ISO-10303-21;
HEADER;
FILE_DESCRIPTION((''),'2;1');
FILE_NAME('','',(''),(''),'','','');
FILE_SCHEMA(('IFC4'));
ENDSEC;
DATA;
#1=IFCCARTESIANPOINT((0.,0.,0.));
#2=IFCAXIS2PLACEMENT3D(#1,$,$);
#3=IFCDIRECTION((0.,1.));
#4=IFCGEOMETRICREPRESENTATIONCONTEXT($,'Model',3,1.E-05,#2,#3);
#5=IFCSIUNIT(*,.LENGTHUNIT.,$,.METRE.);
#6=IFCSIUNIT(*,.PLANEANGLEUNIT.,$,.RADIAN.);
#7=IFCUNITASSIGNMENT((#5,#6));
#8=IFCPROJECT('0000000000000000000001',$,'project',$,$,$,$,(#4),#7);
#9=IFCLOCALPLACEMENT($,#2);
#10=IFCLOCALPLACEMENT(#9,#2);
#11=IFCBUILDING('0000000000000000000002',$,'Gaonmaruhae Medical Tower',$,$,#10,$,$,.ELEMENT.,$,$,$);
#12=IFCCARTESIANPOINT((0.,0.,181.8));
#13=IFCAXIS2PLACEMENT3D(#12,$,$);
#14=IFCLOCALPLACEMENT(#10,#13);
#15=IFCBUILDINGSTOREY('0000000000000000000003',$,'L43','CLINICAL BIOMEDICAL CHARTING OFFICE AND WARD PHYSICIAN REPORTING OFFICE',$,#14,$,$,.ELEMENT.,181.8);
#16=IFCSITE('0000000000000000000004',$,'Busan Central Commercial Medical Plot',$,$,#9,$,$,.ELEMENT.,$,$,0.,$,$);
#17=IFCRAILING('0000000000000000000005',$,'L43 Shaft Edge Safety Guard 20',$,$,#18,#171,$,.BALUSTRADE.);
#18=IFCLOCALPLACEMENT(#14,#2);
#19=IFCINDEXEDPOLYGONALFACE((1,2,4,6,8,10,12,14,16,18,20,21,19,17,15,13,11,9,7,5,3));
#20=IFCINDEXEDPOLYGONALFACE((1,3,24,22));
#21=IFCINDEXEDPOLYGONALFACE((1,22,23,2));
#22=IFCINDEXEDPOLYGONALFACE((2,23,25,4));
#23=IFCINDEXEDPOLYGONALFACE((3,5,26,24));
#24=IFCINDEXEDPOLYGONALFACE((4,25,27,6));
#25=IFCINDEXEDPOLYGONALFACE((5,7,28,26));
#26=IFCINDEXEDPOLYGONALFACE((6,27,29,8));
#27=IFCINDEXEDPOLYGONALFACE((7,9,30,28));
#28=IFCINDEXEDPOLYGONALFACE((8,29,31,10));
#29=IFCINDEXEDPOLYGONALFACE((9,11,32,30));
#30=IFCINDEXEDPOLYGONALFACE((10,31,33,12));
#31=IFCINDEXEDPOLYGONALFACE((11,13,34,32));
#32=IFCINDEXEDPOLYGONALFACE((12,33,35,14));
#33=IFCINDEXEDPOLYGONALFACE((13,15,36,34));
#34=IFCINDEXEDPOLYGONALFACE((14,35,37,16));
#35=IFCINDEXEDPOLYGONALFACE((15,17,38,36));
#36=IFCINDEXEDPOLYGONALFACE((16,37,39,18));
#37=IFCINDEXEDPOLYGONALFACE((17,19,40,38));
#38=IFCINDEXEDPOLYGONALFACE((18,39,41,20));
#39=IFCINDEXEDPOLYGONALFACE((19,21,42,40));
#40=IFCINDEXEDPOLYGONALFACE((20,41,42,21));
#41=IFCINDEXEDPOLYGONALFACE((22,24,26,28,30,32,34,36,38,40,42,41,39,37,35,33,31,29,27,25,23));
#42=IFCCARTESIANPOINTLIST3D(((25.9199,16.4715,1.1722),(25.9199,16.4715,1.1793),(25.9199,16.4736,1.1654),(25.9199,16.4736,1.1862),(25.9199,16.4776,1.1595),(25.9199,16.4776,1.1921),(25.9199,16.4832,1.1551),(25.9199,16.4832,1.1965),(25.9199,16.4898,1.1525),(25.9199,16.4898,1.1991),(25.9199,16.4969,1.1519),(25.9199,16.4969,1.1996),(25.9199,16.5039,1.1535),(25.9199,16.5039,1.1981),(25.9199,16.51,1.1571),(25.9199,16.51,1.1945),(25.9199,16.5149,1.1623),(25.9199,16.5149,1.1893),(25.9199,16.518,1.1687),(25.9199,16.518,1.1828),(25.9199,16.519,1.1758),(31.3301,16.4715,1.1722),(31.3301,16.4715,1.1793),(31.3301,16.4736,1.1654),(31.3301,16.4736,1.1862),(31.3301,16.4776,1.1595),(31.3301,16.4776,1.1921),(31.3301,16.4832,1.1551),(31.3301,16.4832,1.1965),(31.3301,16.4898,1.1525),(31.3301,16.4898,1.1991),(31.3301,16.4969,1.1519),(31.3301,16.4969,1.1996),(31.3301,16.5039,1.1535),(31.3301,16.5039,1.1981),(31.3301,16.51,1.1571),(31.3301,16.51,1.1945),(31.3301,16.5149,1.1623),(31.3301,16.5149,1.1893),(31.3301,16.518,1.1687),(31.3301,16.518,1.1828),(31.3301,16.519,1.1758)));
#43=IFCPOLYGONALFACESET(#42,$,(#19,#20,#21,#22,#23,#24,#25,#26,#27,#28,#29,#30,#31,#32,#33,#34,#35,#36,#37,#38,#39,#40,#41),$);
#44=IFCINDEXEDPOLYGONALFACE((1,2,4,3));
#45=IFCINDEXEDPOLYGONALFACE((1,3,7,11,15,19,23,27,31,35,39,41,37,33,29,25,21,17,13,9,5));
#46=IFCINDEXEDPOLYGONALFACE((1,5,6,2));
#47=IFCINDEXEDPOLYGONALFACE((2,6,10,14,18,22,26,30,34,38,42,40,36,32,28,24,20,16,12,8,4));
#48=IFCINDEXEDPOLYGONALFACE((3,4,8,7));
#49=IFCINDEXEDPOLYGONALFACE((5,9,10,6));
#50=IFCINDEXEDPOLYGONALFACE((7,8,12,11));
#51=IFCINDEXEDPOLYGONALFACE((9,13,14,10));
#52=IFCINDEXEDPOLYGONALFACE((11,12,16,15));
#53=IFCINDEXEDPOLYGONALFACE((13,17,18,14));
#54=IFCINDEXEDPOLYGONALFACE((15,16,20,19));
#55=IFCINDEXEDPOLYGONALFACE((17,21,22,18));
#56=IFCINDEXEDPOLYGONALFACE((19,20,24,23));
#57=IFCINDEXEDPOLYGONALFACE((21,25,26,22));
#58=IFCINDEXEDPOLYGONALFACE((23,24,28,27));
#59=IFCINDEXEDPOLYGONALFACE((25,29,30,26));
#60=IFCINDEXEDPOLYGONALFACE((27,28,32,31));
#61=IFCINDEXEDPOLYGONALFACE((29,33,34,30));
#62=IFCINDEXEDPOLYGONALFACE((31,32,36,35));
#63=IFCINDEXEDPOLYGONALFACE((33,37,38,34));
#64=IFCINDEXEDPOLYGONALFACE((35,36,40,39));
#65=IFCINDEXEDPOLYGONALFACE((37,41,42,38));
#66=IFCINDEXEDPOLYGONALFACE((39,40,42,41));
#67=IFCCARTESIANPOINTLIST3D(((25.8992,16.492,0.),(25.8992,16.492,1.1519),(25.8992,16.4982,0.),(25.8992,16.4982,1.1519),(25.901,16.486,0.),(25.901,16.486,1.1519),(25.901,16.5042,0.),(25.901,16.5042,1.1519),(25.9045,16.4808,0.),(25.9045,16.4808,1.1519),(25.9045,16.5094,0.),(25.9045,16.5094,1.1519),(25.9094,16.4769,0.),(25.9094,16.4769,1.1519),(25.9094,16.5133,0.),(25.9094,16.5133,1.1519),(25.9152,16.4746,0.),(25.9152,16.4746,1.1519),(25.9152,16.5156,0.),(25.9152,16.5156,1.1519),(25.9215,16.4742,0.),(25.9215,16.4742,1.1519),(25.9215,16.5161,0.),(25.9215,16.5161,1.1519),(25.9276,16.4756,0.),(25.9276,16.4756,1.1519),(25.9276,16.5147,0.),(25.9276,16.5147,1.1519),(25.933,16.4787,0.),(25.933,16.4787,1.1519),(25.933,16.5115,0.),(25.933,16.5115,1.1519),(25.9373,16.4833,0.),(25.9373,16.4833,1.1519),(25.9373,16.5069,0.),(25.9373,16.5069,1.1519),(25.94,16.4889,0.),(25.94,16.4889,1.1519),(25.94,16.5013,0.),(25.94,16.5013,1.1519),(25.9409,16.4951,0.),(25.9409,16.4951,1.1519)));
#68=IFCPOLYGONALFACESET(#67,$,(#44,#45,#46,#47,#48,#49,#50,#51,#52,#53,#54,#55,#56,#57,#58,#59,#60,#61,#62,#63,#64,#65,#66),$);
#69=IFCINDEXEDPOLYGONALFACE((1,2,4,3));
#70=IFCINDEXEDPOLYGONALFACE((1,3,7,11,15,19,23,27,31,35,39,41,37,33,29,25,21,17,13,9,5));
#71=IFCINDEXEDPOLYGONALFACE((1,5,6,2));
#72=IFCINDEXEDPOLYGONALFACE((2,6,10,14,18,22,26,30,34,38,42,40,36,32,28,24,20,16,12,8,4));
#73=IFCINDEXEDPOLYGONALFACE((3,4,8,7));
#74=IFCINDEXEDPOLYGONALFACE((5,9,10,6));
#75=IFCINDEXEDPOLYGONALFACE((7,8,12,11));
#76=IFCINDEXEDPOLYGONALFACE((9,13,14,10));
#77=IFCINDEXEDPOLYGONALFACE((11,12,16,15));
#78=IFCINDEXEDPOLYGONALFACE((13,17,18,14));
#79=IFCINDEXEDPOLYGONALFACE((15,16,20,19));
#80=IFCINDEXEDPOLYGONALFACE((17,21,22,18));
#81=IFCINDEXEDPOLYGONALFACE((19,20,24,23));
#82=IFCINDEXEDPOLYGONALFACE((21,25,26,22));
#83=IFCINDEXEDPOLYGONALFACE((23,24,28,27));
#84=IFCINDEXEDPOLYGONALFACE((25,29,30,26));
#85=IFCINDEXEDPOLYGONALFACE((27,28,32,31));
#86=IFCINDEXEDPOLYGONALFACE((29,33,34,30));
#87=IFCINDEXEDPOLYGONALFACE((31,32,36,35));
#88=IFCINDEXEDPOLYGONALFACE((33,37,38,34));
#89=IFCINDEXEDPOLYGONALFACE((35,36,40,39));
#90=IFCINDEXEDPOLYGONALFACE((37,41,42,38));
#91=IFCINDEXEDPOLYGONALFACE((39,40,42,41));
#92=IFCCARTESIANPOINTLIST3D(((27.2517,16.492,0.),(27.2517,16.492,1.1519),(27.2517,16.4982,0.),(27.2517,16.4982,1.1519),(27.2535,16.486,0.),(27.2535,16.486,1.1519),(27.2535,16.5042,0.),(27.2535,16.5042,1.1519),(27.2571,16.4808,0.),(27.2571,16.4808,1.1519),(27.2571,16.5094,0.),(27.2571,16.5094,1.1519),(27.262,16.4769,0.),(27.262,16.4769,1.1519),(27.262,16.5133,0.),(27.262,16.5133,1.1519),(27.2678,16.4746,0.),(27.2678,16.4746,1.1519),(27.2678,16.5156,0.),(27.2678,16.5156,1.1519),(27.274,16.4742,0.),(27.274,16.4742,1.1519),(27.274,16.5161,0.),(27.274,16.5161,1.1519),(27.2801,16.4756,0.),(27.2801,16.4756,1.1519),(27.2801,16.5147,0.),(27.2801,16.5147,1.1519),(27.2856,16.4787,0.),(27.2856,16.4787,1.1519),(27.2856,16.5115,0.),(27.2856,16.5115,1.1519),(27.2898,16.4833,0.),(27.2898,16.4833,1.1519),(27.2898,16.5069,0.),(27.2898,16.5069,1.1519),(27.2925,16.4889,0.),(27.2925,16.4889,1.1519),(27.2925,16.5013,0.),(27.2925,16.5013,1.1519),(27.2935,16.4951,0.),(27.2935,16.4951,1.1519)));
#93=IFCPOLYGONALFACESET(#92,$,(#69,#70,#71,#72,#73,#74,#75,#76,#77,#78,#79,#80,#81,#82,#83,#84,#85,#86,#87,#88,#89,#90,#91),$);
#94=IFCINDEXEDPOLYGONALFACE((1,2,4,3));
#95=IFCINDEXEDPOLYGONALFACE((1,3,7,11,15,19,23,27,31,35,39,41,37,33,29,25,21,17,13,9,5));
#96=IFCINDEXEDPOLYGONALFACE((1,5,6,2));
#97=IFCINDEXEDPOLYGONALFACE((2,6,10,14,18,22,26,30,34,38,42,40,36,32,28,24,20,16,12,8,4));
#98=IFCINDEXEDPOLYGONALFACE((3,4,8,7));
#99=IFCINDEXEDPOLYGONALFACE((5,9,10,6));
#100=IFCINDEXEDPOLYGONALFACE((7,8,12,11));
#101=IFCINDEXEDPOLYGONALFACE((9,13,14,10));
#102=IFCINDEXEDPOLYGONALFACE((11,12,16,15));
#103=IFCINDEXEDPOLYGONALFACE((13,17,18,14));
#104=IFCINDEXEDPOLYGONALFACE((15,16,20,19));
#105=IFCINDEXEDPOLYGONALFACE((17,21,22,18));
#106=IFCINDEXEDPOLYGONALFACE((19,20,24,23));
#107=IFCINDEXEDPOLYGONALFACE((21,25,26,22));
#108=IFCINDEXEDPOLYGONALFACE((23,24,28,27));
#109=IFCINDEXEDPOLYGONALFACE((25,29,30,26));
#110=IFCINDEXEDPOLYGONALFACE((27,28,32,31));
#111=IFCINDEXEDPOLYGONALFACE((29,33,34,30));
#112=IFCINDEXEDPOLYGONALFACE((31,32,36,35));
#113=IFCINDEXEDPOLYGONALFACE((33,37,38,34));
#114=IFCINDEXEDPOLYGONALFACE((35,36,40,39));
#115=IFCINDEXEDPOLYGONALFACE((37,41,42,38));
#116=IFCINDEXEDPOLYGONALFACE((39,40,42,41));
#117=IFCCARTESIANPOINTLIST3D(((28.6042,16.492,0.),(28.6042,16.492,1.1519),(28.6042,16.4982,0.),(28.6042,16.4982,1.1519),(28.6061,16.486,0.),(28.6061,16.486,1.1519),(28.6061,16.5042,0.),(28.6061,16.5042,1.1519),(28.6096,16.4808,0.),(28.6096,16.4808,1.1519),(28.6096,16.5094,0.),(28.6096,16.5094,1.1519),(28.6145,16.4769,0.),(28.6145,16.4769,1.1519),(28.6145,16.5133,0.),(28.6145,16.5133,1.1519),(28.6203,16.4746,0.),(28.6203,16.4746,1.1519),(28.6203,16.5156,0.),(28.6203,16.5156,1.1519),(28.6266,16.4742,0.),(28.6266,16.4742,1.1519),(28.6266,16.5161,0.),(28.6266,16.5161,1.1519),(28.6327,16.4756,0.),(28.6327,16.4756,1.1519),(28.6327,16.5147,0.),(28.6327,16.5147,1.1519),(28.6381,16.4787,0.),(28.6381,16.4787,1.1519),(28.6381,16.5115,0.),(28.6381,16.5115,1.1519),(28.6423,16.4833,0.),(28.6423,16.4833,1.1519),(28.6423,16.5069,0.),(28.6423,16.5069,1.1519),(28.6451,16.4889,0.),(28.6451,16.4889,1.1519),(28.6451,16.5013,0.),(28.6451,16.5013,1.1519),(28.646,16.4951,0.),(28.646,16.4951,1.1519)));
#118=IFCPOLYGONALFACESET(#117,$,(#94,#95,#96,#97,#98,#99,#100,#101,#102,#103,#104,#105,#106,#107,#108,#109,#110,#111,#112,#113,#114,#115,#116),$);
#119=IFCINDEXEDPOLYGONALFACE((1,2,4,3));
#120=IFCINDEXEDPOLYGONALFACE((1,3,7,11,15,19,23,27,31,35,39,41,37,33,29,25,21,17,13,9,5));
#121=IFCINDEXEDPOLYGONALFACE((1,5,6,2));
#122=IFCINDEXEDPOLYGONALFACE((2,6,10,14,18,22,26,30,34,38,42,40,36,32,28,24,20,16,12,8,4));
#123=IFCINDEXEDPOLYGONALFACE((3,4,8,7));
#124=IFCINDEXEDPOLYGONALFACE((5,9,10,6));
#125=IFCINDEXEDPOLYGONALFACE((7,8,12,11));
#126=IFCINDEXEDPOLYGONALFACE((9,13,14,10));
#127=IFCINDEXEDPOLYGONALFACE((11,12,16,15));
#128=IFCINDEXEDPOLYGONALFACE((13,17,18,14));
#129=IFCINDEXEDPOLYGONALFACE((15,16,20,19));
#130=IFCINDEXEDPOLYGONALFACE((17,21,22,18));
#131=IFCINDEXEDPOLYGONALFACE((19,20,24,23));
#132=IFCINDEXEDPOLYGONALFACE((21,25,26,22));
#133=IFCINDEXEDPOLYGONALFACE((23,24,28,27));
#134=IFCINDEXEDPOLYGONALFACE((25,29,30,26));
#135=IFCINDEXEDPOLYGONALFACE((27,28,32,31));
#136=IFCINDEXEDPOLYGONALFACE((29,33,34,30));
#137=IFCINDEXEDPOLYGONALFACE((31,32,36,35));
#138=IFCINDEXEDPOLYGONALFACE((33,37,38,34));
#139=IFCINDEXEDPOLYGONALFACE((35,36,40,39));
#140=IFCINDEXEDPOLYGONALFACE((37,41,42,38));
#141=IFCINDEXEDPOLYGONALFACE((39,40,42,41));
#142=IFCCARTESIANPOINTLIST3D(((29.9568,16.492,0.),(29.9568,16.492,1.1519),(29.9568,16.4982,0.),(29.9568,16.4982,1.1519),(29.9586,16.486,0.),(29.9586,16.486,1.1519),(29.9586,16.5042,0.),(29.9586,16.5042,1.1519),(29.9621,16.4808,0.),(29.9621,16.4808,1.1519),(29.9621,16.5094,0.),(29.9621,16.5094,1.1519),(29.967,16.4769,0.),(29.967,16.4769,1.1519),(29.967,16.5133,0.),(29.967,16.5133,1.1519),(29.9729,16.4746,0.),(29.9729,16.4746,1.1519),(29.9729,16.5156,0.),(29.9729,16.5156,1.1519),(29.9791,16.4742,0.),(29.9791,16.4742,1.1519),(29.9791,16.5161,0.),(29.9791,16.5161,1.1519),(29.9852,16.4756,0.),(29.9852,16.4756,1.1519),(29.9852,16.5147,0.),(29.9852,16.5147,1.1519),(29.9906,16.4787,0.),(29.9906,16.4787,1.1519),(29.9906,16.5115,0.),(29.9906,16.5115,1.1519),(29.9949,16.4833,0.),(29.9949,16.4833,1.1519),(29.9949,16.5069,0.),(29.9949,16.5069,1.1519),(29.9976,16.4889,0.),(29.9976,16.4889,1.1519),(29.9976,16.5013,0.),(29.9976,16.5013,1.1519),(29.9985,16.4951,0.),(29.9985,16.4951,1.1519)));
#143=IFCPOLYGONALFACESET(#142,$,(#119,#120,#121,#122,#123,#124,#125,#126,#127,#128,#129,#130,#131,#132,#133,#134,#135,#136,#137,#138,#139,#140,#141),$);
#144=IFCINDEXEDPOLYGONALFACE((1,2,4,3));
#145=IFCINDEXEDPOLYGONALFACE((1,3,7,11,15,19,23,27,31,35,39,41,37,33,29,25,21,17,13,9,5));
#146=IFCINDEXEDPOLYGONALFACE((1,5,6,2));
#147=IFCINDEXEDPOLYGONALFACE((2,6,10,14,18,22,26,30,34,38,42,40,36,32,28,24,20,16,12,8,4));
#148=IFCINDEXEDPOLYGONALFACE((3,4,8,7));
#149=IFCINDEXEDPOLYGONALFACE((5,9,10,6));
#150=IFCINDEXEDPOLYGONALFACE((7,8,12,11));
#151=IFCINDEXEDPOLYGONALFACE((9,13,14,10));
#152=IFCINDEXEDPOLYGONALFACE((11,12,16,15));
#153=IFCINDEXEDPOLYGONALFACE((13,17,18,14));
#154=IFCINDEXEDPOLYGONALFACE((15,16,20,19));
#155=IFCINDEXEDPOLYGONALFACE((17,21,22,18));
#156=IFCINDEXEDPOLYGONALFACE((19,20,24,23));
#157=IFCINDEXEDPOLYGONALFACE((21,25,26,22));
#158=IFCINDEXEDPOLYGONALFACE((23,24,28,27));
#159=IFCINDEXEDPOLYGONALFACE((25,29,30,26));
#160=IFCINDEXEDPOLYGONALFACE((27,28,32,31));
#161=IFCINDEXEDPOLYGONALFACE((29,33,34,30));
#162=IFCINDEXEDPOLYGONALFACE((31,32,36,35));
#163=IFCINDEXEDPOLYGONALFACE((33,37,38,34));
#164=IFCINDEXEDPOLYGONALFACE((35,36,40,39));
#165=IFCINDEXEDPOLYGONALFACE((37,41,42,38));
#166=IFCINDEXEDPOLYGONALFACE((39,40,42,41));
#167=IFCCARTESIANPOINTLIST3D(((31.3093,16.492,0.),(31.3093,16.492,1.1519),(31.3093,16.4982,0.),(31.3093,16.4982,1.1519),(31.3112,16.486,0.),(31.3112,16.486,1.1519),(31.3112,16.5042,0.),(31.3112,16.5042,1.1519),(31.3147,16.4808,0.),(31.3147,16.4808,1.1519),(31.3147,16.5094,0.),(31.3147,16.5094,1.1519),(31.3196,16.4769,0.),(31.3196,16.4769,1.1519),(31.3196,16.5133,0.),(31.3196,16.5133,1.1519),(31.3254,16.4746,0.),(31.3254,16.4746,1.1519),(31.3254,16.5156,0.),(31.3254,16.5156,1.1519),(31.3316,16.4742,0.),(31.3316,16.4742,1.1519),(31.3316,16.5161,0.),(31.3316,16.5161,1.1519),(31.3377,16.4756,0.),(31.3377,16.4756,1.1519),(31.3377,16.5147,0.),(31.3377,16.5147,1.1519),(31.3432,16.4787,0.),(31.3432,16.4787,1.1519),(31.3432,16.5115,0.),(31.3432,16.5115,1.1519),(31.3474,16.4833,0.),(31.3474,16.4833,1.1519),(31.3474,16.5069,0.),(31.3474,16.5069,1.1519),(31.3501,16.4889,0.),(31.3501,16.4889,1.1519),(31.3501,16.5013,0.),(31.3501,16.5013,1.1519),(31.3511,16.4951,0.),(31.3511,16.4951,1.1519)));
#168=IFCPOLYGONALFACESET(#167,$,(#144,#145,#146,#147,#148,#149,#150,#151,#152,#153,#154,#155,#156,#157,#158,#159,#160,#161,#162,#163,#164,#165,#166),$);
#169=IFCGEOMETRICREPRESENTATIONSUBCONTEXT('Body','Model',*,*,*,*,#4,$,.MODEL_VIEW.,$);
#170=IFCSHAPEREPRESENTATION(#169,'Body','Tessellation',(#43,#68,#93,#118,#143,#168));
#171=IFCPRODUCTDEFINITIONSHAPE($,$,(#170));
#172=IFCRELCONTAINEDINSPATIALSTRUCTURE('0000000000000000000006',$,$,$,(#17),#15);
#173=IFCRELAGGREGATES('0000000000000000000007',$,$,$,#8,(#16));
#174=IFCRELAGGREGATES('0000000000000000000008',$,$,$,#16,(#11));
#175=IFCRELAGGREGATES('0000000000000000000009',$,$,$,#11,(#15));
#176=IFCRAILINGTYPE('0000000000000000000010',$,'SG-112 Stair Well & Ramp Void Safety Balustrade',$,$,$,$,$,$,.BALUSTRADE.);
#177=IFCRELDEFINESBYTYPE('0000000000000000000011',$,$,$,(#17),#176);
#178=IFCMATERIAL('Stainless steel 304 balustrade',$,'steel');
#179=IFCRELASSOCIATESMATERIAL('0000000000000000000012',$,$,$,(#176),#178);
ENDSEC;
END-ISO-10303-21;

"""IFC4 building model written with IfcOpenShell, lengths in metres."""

from ifc_helpers import new_model, si_unit, direction, frame, origin, origin_2d, place, context, subcontext, project, spatial, circle, extrude, material, type_object, element, save


model = new_model("IFC4")

# Units and contexts
model_context = context("Model", 3, precision=1e-05, world=origin(), true_north=direction((0.0, 1.0)))
body_context = subcontext(model_context, "Body", "Model", "MODEL_VIEW")
ifc_project = project(units=[si_unit("LENGTHUNIT", "METRE"), si_unit("PLANEANGLEUNIT", "RADIAN")], contexts=[model_context])

# Site, building, storey
site_placement = place(None, origin())
site = spatial("IfcSite", under=ifc_project, at=site_placement, Name="Busan Central Commercial Medical Plot", CompositionType="ELEMENT", RefElevation=0.0)
building_placement = place(site_placement, origin())
building = spatial("IfcBuilding", under=site, at=building_placement, Name="Gaonmaruhae Medical Tower", CompositionType="ELEMENT")
storey_placement = place(building_placement, frame((0.0, 0.0, 181.8)))
storey = spatial("IfcBuildingStorey", under=building, at=storey_placement, Name="L43", Description="CLINICAL BIOMEDICAL CHARTING OFFICE AND WARD PHYSICIAN REPORTING OFFICE", CompositionType="ELEMENT", Elevation=181.8)

# Railing
ifc_material_1 = material(Name="Stainless steel 304 balustrade", Category="steel")
railing_type = type_object("IfcRailingType", Name="SG-112 Stair Well & Ramp Void Safety Balustrade", PredefinedType="BALUSTRADE", material=ifc_material_1)
railing_1_placement = place(storey_placement, frame((25.9199, 16.4951, 0.0)))
element("IfcRailing", 1, at=railing_1_placement, inside=storey, type_object=railing_type, Name="L43 Shaft Edge Safety Guard 20", PredefinedType="BALUSTRADE", context=body_context, shape_type="SweptSolid", body=[
    extrude(circle(Radius=0.0239, at=origin_2d()), frame((0.0, 0.0, 1.1758), z_axis=(1.0, 0.0, 0.0), x_axis=(0.0, 1.0, 0.0)), (0.0, 0.0, 1.0), 5.4102),
    extrude(circle(Radius=0.021, at=origin_2d()), origin(), (0.0, 0.0, 1.0), 1.1519),
    extrude(circle(Radius=0.021, at=origin_2d()), frame((1.3525, 0.0, 0.0)), (0.0, 0.0, 1.0), 1.1519),
    extrude(circle(Radius=0.021, at=origin_2d()), frame((2.7051, 0.0, 0.0)), (0.0, 0.0, 1.0), 1.1519),
    extrude(circle(Radius=0.021, at=origin_2d()), frame((4.0576, 0.0, 0.0)), (0.0, 0.0, 1.0), 1.1519),
    extrude(circle(Radius=0.021, at=origin_2d()), frame((5.4102, 0.0, 0.0)), (0.0, 0.0, 1.0), 1.1519),
])

save(model, "model.ifc")
